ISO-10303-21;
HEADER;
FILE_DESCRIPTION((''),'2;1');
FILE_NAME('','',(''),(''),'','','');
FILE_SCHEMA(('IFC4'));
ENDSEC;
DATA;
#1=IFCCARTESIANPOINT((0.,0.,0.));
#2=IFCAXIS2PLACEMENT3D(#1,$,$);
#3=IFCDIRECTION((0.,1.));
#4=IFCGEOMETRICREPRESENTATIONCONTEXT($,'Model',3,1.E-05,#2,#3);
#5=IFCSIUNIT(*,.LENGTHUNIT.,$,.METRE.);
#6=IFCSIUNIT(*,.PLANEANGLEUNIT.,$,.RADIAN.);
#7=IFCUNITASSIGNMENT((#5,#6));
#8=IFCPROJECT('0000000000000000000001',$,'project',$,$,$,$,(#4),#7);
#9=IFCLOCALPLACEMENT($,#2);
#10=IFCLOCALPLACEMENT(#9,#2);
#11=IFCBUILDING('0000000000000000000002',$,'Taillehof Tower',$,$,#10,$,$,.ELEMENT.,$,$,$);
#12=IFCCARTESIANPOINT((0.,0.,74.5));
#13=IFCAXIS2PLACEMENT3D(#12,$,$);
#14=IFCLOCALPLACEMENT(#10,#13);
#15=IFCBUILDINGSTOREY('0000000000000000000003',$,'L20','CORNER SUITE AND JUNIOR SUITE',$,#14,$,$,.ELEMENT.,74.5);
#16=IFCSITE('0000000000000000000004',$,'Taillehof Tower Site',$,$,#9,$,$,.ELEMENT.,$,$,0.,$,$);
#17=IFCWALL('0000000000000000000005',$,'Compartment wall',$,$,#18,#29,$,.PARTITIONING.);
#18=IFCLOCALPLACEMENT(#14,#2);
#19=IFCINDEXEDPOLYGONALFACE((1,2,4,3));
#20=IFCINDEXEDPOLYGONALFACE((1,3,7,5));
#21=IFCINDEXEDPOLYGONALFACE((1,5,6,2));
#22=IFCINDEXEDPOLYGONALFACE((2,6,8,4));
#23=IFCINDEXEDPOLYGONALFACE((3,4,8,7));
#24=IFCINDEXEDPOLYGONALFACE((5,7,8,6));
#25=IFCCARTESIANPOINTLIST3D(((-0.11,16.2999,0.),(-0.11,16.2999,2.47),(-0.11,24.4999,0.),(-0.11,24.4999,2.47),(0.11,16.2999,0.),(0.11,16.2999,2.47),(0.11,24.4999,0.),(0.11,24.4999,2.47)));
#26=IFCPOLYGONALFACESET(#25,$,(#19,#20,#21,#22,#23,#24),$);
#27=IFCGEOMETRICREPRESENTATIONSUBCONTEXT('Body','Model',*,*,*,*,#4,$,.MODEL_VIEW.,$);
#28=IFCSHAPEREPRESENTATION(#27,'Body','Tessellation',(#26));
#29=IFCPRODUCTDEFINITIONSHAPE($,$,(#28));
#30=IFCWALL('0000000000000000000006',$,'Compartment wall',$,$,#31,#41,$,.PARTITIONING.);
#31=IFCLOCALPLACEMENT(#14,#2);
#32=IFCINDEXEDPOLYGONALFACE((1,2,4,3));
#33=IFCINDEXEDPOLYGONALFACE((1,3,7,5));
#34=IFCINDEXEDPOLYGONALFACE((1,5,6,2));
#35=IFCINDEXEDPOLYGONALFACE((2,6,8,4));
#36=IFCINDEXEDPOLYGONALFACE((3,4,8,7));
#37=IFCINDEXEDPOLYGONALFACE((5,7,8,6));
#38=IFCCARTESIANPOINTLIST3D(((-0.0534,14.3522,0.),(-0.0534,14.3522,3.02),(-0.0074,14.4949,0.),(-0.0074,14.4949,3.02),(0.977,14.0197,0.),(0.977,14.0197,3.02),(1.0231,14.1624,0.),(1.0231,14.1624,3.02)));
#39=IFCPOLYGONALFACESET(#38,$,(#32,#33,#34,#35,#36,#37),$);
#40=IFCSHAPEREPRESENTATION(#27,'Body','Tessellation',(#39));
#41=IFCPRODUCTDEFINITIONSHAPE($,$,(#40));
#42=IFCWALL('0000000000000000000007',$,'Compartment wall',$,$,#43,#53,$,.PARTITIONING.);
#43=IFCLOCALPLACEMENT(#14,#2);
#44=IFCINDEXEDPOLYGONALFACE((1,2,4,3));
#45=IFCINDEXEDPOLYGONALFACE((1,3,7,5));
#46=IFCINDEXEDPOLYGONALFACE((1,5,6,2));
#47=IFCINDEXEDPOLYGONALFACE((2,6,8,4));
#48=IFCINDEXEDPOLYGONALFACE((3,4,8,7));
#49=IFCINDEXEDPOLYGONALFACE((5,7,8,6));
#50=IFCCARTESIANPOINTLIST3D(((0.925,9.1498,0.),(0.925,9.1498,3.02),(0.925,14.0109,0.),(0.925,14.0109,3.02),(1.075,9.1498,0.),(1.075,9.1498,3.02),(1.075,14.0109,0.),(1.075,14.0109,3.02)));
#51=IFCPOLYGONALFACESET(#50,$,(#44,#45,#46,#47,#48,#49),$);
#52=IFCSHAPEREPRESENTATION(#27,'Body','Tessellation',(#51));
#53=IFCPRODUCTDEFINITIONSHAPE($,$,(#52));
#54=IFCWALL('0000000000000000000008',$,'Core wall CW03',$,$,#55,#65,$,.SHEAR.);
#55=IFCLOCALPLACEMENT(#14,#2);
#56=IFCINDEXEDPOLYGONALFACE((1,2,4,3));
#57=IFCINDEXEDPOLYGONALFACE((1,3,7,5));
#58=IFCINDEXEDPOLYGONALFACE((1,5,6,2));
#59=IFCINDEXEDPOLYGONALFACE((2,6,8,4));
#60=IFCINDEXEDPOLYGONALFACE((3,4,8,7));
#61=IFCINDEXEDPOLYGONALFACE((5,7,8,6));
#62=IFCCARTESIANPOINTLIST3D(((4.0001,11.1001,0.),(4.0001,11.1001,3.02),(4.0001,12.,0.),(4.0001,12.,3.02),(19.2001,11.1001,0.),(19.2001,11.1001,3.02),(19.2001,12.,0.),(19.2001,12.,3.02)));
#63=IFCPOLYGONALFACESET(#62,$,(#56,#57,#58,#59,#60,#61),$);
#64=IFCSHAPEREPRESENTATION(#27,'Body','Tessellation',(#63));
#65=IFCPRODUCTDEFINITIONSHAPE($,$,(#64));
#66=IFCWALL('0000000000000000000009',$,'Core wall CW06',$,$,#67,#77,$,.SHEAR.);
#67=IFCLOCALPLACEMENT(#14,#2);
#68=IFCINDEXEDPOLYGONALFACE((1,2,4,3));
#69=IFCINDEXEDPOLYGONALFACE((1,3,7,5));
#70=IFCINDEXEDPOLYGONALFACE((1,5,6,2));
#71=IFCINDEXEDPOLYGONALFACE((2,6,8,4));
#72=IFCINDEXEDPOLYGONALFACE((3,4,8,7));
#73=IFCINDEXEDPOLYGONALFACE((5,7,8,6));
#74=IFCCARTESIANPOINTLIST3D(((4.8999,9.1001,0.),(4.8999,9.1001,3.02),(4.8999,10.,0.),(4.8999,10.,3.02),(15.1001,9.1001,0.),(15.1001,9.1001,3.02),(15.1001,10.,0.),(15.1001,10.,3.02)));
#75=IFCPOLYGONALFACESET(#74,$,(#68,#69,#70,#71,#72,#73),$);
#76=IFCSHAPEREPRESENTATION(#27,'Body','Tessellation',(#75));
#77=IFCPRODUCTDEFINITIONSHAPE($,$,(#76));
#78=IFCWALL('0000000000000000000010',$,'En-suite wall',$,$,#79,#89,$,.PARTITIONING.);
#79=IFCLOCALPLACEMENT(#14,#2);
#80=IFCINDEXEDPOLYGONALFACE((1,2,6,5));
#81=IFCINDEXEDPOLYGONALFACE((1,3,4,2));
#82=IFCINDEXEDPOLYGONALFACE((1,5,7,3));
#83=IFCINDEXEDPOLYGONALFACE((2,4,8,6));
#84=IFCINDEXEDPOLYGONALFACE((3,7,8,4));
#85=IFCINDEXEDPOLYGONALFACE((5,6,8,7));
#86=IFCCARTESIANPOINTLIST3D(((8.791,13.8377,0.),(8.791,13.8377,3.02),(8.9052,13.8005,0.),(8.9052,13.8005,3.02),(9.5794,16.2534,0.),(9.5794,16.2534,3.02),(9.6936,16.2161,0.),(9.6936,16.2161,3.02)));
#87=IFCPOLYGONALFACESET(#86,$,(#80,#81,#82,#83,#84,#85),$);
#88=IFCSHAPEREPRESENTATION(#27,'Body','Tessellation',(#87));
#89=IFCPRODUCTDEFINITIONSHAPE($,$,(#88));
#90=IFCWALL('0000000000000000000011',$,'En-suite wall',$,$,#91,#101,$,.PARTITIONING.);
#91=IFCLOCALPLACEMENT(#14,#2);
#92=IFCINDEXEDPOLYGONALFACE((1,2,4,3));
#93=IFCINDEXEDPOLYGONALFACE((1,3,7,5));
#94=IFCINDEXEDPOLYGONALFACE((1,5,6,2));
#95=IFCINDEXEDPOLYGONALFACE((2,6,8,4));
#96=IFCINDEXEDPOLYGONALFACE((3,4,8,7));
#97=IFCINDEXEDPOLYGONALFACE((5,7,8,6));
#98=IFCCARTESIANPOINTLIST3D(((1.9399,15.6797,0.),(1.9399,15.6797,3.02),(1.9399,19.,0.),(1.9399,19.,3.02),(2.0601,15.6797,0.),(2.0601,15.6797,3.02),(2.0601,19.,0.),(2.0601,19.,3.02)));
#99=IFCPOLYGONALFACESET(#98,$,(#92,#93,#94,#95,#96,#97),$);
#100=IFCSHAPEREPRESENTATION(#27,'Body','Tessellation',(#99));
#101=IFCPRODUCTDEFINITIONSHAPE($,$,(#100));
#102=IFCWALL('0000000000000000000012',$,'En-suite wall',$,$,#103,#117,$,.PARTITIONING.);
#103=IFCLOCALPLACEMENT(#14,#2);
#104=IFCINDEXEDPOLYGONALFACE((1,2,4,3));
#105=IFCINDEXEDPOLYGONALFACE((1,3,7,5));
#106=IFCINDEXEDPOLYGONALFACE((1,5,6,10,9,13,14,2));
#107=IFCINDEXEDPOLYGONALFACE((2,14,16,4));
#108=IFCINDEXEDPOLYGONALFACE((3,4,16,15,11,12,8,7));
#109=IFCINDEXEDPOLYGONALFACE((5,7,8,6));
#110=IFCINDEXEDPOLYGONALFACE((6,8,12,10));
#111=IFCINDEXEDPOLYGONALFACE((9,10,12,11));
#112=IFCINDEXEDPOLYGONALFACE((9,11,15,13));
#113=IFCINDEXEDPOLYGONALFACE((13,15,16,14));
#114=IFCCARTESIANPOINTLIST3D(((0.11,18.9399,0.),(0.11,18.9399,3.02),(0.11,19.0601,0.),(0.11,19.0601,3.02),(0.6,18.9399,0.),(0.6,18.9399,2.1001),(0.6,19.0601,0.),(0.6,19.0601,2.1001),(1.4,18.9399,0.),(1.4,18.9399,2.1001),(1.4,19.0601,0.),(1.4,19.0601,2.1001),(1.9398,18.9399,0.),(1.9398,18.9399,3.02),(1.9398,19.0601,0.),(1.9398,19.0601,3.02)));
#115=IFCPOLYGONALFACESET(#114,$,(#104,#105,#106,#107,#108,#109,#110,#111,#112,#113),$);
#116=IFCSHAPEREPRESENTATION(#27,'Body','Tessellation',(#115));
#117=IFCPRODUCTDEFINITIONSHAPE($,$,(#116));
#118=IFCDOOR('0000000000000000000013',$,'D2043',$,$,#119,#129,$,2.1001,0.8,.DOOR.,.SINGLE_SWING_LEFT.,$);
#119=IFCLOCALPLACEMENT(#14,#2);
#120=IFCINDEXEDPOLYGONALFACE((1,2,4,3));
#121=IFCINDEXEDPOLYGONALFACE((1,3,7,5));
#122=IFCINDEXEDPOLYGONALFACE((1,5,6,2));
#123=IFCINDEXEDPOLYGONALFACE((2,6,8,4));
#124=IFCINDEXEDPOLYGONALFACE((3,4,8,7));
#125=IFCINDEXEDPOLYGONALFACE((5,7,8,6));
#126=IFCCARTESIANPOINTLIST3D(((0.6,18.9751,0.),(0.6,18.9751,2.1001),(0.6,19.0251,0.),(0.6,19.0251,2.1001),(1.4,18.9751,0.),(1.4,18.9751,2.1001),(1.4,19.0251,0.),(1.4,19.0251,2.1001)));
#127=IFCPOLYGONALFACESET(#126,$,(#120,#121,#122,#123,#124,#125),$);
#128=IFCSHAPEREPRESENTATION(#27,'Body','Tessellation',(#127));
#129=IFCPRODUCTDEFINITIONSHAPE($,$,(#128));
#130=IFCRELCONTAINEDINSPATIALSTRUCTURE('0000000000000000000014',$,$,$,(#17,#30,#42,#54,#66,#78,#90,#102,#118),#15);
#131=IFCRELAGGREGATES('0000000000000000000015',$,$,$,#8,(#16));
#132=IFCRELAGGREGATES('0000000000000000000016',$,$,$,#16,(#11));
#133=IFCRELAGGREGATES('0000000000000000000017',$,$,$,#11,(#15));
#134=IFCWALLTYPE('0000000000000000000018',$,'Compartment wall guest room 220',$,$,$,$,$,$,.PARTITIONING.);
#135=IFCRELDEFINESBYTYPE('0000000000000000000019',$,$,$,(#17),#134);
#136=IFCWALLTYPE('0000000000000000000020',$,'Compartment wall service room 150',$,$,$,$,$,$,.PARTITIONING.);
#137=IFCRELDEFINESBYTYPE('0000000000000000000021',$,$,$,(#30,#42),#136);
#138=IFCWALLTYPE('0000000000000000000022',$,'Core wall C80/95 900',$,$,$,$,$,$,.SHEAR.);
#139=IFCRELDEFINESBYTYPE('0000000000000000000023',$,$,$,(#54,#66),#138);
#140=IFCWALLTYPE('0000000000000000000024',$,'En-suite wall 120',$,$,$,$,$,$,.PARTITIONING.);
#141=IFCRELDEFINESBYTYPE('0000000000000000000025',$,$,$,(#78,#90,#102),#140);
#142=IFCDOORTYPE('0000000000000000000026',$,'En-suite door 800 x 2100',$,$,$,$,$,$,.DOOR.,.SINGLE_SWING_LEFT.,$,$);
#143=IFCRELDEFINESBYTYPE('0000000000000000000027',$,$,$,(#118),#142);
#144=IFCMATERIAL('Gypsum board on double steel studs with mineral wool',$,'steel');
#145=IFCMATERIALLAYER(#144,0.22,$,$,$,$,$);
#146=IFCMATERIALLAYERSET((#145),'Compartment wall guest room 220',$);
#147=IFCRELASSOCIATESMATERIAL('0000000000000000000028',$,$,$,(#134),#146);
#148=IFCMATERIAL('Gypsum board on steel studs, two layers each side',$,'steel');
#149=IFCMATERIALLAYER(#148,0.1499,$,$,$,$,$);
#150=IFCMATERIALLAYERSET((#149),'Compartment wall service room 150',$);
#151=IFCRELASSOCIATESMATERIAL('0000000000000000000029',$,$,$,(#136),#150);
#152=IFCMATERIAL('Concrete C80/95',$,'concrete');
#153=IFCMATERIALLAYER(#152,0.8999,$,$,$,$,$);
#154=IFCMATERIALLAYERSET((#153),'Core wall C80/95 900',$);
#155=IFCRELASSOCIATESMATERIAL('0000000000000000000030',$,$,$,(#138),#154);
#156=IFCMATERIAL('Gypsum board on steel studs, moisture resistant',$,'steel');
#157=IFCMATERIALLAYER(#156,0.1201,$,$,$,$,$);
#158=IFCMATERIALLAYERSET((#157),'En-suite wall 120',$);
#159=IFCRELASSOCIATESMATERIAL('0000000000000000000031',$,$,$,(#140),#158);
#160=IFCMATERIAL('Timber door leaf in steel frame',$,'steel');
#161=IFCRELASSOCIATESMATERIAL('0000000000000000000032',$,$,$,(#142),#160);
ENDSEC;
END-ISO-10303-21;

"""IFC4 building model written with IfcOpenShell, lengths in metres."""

from ifc_helpers import new_model, si_unit, direction, frame, frame_2d, origin, place, context, subcontext, project, spatial, rectangle, extrude, material, layer, layer_set, type_object, element, fill, save


model = new_model("IFC4")

# Units and contexts
model_context = context("Model", 3, precision=1e-05, world=origin(), true_north=direction((0.0, 1.0)))
body_context = subcontext(model_context, "Body", "Model", "MODEL_VIEW")
ifc_project = project(units=[si_unit("LENGTHUNIT", "METRE"), si_unit("PLANEANGLEUNIT", "RADIAN")], contexts=[model_context])

# Site, building, storey
site_placement = place(None, origin())
site = spatial("IfcSite", under=ifc_project, at=site_placement, Name="Taillehof Tower Site", CompositionType="ELEMENT", RefElevation=0.0)
building_placement = place(site_placement, origin())
building = spatial("IfcBuilding", under=site, at=building_placement, Name="Taillehof Tower", CompositionType="ELEMENT")
storey_placement = place(building_placement, frame((0.0, 0.0, 74.5)))
storey = spatial("IfcBuildingStorey", under=building, at=storey_placement, Name="L20", Description="CORNER SUITE AND JUNIOR SUITE", CompositionType="ELEMENT", Elevation=74.5)

# Walls
ifc_material_1 = material(Name="Gypsum board on double steel studs with mineral wool", Category="steel")
ifc_layer_1 = layer(ifc_material_1, 0.22)
ifc_layer_set_1 = layer_set([ifc_layer_1], Name="Compartment wall guest room 220")
wall_type_1 = type_object("IfcWallType", Name="Compartment wall guest room 220", PredefinedType="PARTITIONING", material=ifc_layer_set_1)
wall_1_placement = place(storey_placement, frame((0.0, 24.5, 0.0), z_axis=(0.0, 0.0, 1.0), x_axis=(0.0, -1.0, 0.0)))
element("IfcWall", 1, at=wall_1_placement, inside=storey, type_object=wall_type_1, Name="Compartment wall", PredefinedType="PARTITIONING", context=body_context, shape_type="SweptSolid", body=[
    extrude(rectangle(XDim=8.2, YDim=0.22, at=frame_2d((4.1001, 0.0))), origin(), (0.0, 0.0, 1.0), 2.47),
])
ifc_material_2 = material(Name="Gypsum board on steel studs, two layers each side", Category="steel")
ifc_layer_2 = layer(ifc_material_2, 0.1499)
ifc_layer_set_2 = layer_set([ifc_layer_2], Name="Compartment wall service room 150")
wall_type_2 = type_object("IfcWallType", Name="Compartment wall service room 150", PredefinedType="PARTITIONING", material=ifc_layer_set_2)
wall_2_placement = place(storey_placement, frame((-0.0305, 14.4236, 0.0), z_axis=(0.0, 0.0, 1.0), x_axis=(0.951683, -0.307082, 0.0)))
element("IfcWall", 2, at=wall_2_placement, inside=storey, type_object=wall_type_2, Name="Compartment wall", PredefinedType="PARTITIONING", context=body_context, shape_type="SweptSolid", body=[
    extrude(rectangle(XDim=1.0828, YDim=0.1499, at=frame_2d((0.5415, 0.0))), origin(), (0.0, 0.0, 1.0), 3.02),
])
wall_3_placement = place(storey_placement, frame((1.0, 14.011, 0.0), z_axis=(0.0, 0.0, 1.0), x_axis=(0.0, -1.0, 0.0)))
element("IfcWall", 3, at=wall_3_placement, inside=storey, type_object=wall_type_2, Name="Compartment wall", PredefinedType="PARTITIONING", context=body_context, shape_type="SweptSolid", body=[
    extrude(rectangle(XDim=4.8611, YDim=0.1499, at=frame_2d((2.4307, 0.0))), origin(), (0.0, 0.0, 1.0), 3.02),
])
ifc_material_3 = material(Name="Concrete C80/95", Category="concrete")
ifc_layer_3 = layer(ifc_material_3, 0.8999)
ifc_layer_set_3 = layer_set([ifc_layer_3], Name="Core wall C80/95 900")
wall_type_3 = type_object("IfcWallType", Name="Core wall C80/95 900", PredefinedType="SHEAR", material=ifc_layer_set_3)
wall_4_placement = place(storey_placement, frame((4.0, 11.55, 0.0), z_axis=(0.0, 0.0, 1.0), x_axis=(1.0, 0.0, 0.0)))
element("IfcWall", 4, at=wall_4_placement, inside=storey, type_object=wall_type_3, Name="Core wall CW03", PredefinedType="SHEAR", context=body_context, shape_type="SweptSolid", body=[
    extrude(rectangle(XDim=15.2, YDim=0.8999, at=frame_2d((7.6001, 0.0))), origin(), (0.0, 0.0, 1.0), 3.02),
])
wall_5_placement = place(storey_placement, frame((4.8999, 9.55, 0.0), z_axis=(0.0, 0.0, 1.0), x_axis=(1.0, 0.0, 0.0)))
element("IfcWall", 5, at=wall_5_placement, inside=storey, type_object=wall_type_3, Name="Core wall CW06", PredefinedType="SHEAR", context=body_context, shape_type="SweptSolid", body=[
    extrude(rectangle(XDim=10.2002, YDim=0.8999, at=frame_2d((5.1001, 0.0))), origin(), (0.0, 0.0, 1.0), 3.02),
])
ifc_material_4 = material(Name="Gypsum board on steel studs, moisture resistant", Category="steel")
ifc_layer_4 = layer(ifc_material_4, 0.1201)
ifc_layer_set_4 = layer_set([ifc_layer_4], Name="En-suite wall 120")
wall_type_4 = type_object("IfcWallType", Name="En-suite wall 120", PredefinedType="PARTITIONING", material=ifc_layer_set_4)
wall_6_placement = place(storey_placement, frame((8.8481, 13.8191, 0.0), z_axis=(0.0, 0.0, 1.0), x_axis=(0.310255, 0.950653, 0.0)))
element("IfcWall", 6, at=wall_6_placement, inside=storey, type_object=wall_type_4, Name="En-suite wall", PredefinedType="PARTITIONING", context=body_context, shape_type="SweptSolid", body=[
    extrude(rectangle(XDim=2.541, YDim=0.1201, at=frame_2d((1.2705, 0.0))), origin(), (0.0, 0.0, 1.0), 3.02),
])
wall_7_placement = place(storey_placement, frame((2.0, 15.6797, 0.0), z_axis=(0.0, 0.0, 1.0), x_axis=(0.0, 1.0, 0.0)))
element("IfcWall", 7, at=wall_7_placement, inside=storey, type_object=wall_type_4, Name="En-suite wall", PredefinedType="PARTITIONING", context=body_context, shape_type="SweptSolid", body=[
    extrude(rectangle(XDim=3.3203, YDim=0.1201, at=frame_2d((1.6602, 0.0))), origin(), (0.0, 0.0, 1.0), 3.02),
])

# Wall, opening, door
wall_8_placement = place(storey_placement, frame((1.9399, 19.0, 0.0), z_axis=(0.0, 0.0, 1.0), x_axis=(-1.0, 0.0, 0.0)))
wall_8 = element("IfcWall", 8, at=wall_8_placement, inside=storey, type_object=wall_type_4, Name="En-suite wall", PredefinedType="PARTITIONING", context=body_context, shape_type="SweptSolid", body=[
    extrude(rectangle(XDim=1.8298, YDim=0.1201, at=frame_2d((0.915, 0.0))), origin(), (0.0, 0.0, 1.0), 3.02),
])
opening_1_placement = place(wall_8_placement, frame((0.54, 0.0, 0.0)))
opening_1 = element("IfcOpeningElement", 9, at=opening_1_placement, cuts=wall_8, PredefinedType="OPENING", context=body_context, shape_type="SweptSolid", body=[
    extrude(rectangle(XDim=0.8, YDim=2.1001, at=frame_2d((0.3999, 1.05))), frame((0.0, 0.0701, 0.0), z_axis=(0.0, -1.0, 0.0), x_axis=(1.0, 0.0, 0.0)), (0.0, 0.0, 1.0), 0.1401),
])
ifc_material_5 = material(Name="Timber door leaf in steel frame", Category="steel")
door_type_1 = type_object("IfcDoorType", Name="En-suite door 800 x 2100", OperationType="SINGLE_SWING_LEFT", PredefinedType="DOOR", material=ifc_material_5)
door_1_placement = place(opening_1_placement, origin())
door_1 = element("IfcDoor", 10, at=door_1_placement, inside=storey, type_object=door_type_1, Name="D2043", OperationType="SINGLE_SWING_LEFT", OverallHeight=2.1001, OverallWidth=0.8, PredefinedType="DOOR", context=body_context, shape_type="SweptSolid", body=[
    extrude(rectangle(XDim=0.8, YDim=2.1001, at=frame_2d((0.3999, 1.05))), frame((0.0, 0.0249, 0.0), z_axis=(0.0, -1.0, 0.0), x_axis=(1.0, 0.0, 0.0)), (0.0, 0.0, 1.0), 0.05),
])
fill(opening_1, door_1)

save(model, "model.ifc")
